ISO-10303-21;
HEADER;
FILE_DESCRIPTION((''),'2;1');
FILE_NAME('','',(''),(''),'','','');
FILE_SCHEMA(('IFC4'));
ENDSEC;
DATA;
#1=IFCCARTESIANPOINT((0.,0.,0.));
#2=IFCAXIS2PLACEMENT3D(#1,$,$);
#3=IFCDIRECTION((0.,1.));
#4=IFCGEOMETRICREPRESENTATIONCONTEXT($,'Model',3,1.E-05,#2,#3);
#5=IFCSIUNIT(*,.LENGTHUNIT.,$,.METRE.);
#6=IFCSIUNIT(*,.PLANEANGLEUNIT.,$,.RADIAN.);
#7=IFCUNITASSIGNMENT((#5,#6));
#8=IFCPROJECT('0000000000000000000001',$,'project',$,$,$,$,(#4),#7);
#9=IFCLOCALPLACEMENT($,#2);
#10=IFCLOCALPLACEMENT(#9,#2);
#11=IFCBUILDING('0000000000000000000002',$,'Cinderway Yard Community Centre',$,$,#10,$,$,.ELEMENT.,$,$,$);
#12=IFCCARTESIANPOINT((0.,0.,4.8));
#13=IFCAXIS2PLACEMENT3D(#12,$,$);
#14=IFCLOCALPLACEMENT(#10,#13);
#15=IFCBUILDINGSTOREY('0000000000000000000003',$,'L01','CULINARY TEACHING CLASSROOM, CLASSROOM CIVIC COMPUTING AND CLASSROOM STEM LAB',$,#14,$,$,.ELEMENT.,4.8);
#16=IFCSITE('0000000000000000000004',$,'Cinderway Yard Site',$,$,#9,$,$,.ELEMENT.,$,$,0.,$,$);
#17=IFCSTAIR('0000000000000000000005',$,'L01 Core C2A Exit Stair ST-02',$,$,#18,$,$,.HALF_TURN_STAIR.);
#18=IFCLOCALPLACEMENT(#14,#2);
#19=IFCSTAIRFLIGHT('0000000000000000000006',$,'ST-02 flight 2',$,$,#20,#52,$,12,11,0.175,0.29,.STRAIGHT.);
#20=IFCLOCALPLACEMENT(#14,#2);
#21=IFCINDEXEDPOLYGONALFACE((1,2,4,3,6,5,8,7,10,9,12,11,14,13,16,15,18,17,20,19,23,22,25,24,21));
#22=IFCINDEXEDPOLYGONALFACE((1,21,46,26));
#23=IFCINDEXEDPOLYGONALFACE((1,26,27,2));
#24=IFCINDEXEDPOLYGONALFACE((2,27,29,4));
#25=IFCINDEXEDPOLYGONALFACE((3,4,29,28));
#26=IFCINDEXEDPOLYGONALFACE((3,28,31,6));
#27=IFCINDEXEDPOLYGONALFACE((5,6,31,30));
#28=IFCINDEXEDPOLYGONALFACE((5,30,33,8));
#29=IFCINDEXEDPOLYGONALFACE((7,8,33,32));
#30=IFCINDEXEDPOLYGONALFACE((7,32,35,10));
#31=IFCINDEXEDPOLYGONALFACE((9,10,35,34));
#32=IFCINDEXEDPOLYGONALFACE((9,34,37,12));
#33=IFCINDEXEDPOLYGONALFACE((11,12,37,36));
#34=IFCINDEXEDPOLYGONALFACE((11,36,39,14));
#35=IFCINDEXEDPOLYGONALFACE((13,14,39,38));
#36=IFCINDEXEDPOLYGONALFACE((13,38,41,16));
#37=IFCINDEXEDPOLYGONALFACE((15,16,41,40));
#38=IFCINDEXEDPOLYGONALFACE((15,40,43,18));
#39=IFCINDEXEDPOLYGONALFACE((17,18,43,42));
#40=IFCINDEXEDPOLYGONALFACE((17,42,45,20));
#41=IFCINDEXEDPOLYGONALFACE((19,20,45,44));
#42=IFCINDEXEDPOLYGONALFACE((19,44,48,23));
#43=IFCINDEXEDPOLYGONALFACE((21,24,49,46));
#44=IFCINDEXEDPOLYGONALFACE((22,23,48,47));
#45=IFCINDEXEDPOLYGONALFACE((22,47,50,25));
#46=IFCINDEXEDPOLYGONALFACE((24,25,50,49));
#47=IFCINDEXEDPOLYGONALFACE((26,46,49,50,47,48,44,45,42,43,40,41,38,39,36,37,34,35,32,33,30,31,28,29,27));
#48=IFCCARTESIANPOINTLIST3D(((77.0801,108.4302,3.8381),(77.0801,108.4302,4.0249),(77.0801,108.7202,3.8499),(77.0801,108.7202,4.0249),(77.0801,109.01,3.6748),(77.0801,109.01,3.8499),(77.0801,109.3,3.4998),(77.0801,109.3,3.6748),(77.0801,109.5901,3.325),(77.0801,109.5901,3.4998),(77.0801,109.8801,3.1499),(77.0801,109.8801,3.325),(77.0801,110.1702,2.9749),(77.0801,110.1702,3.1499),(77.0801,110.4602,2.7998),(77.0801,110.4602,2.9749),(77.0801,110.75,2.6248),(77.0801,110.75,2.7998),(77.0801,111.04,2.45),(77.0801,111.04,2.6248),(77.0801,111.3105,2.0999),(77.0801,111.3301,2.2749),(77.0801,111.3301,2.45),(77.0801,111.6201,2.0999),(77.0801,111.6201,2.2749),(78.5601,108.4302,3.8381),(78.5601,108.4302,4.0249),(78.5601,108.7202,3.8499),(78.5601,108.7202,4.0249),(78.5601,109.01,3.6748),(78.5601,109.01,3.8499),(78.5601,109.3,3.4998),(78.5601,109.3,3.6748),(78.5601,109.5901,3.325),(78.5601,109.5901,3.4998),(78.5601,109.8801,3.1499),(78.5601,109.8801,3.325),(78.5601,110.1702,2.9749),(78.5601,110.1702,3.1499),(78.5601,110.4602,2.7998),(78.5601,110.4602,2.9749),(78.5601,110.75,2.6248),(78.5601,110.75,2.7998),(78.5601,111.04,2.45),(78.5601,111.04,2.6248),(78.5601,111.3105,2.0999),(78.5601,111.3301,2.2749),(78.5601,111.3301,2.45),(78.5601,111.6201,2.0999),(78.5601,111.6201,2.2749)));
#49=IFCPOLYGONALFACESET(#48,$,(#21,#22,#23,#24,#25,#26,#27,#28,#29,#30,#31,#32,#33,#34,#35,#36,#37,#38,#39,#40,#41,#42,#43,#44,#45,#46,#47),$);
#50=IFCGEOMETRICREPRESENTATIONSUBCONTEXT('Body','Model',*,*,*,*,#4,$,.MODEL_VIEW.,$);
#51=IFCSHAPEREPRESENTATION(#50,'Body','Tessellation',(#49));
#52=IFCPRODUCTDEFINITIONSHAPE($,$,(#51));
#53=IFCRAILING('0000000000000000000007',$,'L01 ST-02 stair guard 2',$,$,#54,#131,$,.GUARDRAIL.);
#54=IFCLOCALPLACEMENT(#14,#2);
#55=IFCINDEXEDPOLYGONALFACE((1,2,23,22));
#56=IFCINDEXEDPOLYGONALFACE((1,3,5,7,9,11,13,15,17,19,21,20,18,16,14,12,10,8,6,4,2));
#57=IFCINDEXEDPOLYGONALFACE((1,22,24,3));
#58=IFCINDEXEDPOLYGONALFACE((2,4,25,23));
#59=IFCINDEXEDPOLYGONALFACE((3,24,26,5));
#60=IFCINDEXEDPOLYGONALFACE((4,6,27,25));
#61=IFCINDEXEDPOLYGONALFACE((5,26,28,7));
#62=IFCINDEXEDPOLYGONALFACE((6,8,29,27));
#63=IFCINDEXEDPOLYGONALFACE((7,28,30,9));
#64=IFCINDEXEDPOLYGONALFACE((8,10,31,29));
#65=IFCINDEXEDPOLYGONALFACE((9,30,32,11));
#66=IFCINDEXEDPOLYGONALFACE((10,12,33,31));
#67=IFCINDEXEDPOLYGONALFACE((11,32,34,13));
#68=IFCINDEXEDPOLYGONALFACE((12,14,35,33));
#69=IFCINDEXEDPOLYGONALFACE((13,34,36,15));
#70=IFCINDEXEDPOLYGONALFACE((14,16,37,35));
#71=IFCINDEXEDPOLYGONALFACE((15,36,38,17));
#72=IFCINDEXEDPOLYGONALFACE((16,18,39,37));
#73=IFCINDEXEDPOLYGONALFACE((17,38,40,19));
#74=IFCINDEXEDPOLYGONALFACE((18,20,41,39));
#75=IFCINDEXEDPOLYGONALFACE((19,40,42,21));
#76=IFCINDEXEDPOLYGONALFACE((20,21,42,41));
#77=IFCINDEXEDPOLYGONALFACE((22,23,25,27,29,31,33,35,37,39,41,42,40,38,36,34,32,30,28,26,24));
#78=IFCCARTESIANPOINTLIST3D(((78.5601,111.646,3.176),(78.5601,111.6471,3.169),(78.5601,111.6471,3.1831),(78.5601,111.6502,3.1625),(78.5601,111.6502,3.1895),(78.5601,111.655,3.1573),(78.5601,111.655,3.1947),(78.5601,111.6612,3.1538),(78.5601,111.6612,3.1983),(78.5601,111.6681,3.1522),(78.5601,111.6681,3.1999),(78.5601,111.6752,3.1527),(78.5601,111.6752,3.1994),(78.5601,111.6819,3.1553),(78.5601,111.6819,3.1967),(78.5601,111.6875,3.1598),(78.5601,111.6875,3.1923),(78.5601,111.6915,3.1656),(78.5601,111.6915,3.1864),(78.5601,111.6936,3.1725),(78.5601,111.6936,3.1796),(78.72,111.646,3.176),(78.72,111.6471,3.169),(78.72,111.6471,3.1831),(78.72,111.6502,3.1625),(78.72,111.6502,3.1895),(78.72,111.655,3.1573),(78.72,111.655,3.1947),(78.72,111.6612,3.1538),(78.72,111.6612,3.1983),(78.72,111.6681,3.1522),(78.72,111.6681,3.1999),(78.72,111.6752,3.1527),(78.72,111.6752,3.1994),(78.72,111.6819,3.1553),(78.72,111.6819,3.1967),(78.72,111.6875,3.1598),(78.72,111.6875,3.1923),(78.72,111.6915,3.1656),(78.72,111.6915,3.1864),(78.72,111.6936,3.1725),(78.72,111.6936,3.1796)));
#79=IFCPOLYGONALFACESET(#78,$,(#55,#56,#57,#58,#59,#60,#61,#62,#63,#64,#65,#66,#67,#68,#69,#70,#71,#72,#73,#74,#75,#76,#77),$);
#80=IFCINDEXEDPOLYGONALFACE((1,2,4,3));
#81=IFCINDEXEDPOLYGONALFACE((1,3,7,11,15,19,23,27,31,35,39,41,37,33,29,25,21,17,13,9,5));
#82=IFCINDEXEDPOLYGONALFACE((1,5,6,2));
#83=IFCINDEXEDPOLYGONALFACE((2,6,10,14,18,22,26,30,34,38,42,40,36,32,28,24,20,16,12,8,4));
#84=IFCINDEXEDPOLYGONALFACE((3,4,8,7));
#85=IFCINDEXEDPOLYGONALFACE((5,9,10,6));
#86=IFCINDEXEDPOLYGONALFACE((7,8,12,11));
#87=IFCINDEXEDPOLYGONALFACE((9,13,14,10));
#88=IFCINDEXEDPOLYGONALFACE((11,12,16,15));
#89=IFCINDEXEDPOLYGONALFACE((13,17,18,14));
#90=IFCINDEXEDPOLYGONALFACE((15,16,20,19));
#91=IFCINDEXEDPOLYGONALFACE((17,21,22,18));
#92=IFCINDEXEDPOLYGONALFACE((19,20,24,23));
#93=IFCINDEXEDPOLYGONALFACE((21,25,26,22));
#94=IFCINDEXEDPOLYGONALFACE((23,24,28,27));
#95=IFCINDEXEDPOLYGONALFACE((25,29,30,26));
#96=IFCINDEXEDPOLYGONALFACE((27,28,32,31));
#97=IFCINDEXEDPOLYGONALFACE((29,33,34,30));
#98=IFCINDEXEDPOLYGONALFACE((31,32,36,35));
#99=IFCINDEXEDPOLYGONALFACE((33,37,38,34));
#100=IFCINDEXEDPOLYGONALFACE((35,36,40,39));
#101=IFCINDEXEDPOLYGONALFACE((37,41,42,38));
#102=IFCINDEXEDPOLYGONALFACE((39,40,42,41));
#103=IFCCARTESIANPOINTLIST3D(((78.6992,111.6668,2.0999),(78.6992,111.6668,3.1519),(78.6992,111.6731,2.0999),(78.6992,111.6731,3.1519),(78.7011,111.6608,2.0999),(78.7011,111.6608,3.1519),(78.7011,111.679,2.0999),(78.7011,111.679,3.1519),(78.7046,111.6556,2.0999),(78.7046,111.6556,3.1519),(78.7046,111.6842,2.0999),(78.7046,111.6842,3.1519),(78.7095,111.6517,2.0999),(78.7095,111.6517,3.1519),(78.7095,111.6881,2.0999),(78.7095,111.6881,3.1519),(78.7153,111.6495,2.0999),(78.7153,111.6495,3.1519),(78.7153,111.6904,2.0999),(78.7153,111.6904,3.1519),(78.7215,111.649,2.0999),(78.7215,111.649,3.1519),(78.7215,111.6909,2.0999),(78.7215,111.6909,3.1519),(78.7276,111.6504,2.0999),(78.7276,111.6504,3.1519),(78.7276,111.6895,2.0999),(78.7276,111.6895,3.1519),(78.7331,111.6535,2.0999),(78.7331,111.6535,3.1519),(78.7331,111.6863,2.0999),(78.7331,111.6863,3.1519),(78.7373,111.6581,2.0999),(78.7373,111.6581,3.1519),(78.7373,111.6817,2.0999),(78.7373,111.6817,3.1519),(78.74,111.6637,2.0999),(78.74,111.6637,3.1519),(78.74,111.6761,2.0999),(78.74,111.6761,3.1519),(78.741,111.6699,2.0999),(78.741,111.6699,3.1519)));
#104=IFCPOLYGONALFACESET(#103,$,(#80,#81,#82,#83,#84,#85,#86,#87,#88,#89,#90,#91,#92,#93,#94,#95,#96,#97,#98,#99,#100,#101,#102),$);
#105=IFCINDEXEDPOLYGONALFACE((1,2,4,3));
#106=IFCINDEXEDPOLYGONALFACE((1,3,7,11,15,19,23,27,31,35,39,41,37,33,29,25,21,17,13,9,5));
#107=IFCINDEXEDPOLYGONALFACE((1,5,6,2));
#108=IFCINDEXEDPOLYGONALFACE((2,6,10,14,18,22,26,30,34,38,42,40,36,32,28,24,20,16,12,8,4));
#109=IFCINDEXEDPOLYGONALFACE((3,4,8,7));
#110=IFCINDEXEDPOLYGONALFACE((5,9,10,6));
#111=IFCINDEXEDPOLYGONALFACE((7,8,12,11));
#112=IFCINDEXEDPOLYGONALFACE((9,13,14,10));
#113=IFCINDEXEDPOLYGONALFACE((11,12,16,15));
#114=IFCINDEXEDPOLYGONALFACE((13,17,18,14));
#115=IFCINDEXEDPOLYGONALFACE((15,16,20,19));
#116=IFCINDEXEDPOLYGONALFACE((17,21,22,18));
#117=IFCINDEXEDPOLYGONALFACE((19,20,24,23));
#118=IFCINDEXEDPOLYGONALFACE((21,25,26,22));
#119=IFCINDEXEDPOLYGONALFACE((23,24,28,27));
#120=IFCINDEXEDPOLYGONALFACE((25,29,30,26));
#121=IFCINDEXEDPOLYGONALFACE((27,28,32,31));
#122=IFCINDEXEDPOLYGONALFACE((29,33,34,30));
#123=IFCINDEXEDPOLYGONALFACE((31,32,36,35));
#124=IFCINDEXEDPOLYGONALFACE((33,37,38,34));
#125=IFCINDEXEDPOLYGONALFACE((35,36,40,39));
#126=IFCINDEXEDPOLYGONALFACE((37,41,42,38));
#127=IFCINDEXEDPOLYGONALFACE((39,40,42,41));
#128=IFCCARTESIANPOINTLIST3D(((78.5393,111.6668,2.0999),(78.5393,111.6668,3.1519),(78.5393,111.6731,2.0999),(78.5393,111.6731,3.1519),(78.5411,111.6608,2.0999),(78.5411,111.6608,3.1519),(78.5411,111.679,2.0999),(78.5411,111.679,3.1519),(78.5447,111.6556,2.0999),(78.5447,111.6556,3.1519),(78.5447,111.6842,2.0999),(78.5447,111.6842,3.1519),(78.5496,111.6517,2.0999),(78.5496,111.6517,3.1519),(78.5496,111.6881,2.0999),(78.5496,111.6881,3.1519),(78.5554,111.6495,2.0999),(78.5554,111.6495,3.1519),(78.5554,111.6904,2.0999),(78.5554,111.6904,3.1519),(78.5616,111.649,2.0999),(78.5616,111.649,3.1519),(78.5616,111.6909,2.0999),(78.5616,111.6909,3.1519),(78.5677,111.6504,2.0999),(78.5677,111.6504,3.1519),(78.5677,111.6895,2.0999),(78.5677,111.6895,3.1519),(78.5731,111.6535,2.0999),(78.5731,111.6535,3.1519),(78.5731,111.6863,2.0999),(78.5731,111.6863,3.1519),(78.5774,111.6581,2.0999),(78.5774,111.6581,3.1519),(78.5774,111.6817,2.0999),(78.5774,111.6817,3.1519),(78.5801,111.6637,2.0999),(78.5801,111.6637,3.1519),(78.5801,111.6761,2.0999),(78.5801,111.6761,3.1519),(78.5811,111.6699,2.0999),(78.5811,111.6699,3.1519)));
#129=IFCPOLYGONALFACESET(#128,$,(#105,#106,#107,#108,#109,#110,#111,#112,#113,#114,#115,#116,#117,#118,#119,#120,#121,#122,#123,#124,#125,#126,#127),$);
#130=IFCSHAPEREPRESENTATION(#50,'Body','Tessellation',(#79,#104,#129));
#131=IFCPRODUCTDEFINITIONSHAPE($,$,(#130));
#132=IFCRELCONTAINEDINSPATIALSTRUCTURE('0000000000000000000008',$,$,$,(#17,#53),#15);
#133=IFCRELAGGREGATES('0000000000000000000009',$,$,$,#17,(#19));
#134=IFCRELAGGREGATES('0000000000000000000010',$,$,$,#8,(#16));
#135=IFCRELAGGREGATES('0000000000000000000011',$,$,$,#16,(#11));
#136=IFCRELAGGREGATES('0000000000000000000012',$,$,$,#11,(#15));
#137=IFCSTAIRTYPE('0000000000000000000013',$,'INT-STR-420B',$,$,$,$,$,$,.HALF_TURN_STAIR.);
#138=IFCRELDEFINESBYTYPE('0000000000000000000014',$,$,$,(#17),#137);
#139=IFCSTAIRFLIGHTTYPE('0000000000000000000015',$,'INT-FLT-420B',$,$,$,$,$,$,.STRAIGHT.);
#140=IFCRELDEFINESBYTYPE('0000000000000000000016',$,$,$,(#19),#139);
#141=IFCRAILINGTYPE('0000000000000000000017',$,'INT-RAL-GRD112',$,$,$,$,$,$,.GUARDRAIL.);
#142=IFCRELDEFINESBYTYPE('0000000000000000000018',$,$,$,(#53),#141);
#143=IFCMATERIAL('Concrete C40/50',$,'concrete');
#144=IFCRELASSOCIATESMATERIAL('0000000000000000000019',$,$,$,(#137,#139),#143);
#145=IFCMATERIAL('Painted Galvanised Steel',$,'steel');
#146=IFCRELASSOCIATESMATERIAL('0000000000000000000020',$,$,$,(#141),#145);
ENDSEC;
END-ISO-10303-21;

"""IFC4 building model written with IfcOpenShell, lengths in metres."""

from ifc_helpers import new_model, si_unit, direction, frame, origin, origin_2d, place, context, subcontext, project, spatial, polyline, circle, outline, extrude, material, type_object, element, aggregate, save


model = new_model("IFC4")

# Units and contexts
model_context = context("Model", 3, precision=1e-05, world=origin(), true_north=direction((0.0, 1.0)))
body_context = subcontext(model_context, "Body", "Model", "MODEL_VIEW")
ifc_project = project(units=[si_unit("LENGTHUNIT", "METRE"), si_unit("PLANEANGLEUNIT", "RADIAN")], contexts=[model_context])

# Site, building, storey
site_placement = place(None, origin())
site = spatial("IfcSite", under=ifc_project, at=site_placement, Name="Cinderway Yard Site", CompositionType="ELEMENT", RefElevation=0.0)
building_placement = place(site_placement, origin())
building = spatial("IfcBuilding", under=site, at=building_placement, Name="Cinderway Yard Community Centre", CompositionType="ELEMENT")
storey_placement = place(building_placement, frame((0.0, 0.0, 4.8)))
storey = spatial("IfcBuildingStorey", under=building, at=storey_placement, Name="L01", Description="CULINARY TEACHING CLASSROOM, CLASSROOM CIVIC COMPUTING AND CLASSROOM STEM LAB", CompositionType="ELEMENT", Elevation=4.8)

# Shared definitions
ifc_material_1 = material(Name="Concrete C40/50", Category="concrete")

# Shared definitions
ifc_material_2 = material(Name="Painted Galvanised Steel", Category="steel")

# Stair, stair flight
stair_type = type_object("IfcStairType", Name="INT-STR-420B", PredefinedType="HALF_TURN_STAIR", material=ifc_material_1)
stair_placement = place(storey_placement, origin())
stair = element("IfcStair", 1, at=stair_placement, inside=storey, type_object=stair_type, Name="L01 Core C2A Exit Stair ST-02", PredefinedType="HALF_TURN_STAIR")
stair_flight_type = type_object("IfcStairFlightType", Name="INT-FLT-420B", PredefinedType="STRAIGHT", material=ifc_material_1)
stair_flight_placement = place(storey_placement, frame((77.8201, 111.6201, 2.0999), z_axis=(0.0, 0.0, 1.0), x_axis=(0.0, -1.0, 0.0)))
stair_flight = element("IfcStairFlight", 2, at=stair_flight_placement, type_object=stair_flight_type, Name="ST-02 flight 2", NumberOfRisers=12, NumberOfTreads=11, PredefinedType="STRAIGHT", RiserHeight=0.175, TreadLength=0.29, context=body_context, shape_type="SweptSolid", body=[
    extrude(outline(polyline([(0.0, 0.0), (0.0, 0.175), (0.29, 0.175), (0.29, 0.3501), (0.5801, 0.3501), (0.5801, 0.5249), (0.8701, 0.5249), (0.8701, 0.7), (1.1599, 0.7), (1.1599, 0.875), (1.45, 0.875), (1.45, 1.05), (1.74, 1.05), (1.74, 1.2251), (2.03, 1.2251), (2.03, 1.3999), (2.3201, 1.3999), (2.3201, 1.575), (2.6101, 1.575), (2.6101, 1.75), (2.8999, 1.75), (2.8999, 1.925), (3.1899, 1.925), (3.1899, 2.1001), (3.1899, 1.7383), (0.3096, 0.0), (0.0, 0.0)])), frame((0.0, 0.74, 0.0), z_axis=(0.0, -1.0, 0.0), x_axis=(1.0, 0.0, 0.0)), (0.0, 0.0, 1.0), 1.48),
])
aggregate(stair, [stair_flight])

# Railing
railing_type_1 = type_object("IfcRailingType", Name="INT-RAL-GRD112", PredefinedType="GUARDRAIL", material=ifc_material_2)
railing_1_placement = place(storey_placement, frame((78.72, 111.6699, 2.0999)))
element("IfcRailing", 3, at=railing_1_placement, inside=storey, type_object=railing_type_1, Name="L01 ST-02 stair guard 2", PredefinedType="GUARDRAIL", context=body_context, shape_type="SweptSolid", body=[
    extrude(circle(Radius=0.0239, at=origin_2d()), frame((0.0, 0.0, 1.0762), z_axis=(-1.0, 0.0, 0.0), x_axis=(0.0, -1.0, 0.0)), (0.0, 0.0, 1.0), 0.1599),
    extrude(circle(Radius=0.021, at=origin_2d()), origin(), (0.0, 0.0, 1.0), 1.052),
    extrude(circle(Radius=0.021, at=origin_2d()), frame((-0.1599, 0.0, 0.0)), (0.0, 0.0, 1.0), 1.052),
])

save(model, "model.ifc")
